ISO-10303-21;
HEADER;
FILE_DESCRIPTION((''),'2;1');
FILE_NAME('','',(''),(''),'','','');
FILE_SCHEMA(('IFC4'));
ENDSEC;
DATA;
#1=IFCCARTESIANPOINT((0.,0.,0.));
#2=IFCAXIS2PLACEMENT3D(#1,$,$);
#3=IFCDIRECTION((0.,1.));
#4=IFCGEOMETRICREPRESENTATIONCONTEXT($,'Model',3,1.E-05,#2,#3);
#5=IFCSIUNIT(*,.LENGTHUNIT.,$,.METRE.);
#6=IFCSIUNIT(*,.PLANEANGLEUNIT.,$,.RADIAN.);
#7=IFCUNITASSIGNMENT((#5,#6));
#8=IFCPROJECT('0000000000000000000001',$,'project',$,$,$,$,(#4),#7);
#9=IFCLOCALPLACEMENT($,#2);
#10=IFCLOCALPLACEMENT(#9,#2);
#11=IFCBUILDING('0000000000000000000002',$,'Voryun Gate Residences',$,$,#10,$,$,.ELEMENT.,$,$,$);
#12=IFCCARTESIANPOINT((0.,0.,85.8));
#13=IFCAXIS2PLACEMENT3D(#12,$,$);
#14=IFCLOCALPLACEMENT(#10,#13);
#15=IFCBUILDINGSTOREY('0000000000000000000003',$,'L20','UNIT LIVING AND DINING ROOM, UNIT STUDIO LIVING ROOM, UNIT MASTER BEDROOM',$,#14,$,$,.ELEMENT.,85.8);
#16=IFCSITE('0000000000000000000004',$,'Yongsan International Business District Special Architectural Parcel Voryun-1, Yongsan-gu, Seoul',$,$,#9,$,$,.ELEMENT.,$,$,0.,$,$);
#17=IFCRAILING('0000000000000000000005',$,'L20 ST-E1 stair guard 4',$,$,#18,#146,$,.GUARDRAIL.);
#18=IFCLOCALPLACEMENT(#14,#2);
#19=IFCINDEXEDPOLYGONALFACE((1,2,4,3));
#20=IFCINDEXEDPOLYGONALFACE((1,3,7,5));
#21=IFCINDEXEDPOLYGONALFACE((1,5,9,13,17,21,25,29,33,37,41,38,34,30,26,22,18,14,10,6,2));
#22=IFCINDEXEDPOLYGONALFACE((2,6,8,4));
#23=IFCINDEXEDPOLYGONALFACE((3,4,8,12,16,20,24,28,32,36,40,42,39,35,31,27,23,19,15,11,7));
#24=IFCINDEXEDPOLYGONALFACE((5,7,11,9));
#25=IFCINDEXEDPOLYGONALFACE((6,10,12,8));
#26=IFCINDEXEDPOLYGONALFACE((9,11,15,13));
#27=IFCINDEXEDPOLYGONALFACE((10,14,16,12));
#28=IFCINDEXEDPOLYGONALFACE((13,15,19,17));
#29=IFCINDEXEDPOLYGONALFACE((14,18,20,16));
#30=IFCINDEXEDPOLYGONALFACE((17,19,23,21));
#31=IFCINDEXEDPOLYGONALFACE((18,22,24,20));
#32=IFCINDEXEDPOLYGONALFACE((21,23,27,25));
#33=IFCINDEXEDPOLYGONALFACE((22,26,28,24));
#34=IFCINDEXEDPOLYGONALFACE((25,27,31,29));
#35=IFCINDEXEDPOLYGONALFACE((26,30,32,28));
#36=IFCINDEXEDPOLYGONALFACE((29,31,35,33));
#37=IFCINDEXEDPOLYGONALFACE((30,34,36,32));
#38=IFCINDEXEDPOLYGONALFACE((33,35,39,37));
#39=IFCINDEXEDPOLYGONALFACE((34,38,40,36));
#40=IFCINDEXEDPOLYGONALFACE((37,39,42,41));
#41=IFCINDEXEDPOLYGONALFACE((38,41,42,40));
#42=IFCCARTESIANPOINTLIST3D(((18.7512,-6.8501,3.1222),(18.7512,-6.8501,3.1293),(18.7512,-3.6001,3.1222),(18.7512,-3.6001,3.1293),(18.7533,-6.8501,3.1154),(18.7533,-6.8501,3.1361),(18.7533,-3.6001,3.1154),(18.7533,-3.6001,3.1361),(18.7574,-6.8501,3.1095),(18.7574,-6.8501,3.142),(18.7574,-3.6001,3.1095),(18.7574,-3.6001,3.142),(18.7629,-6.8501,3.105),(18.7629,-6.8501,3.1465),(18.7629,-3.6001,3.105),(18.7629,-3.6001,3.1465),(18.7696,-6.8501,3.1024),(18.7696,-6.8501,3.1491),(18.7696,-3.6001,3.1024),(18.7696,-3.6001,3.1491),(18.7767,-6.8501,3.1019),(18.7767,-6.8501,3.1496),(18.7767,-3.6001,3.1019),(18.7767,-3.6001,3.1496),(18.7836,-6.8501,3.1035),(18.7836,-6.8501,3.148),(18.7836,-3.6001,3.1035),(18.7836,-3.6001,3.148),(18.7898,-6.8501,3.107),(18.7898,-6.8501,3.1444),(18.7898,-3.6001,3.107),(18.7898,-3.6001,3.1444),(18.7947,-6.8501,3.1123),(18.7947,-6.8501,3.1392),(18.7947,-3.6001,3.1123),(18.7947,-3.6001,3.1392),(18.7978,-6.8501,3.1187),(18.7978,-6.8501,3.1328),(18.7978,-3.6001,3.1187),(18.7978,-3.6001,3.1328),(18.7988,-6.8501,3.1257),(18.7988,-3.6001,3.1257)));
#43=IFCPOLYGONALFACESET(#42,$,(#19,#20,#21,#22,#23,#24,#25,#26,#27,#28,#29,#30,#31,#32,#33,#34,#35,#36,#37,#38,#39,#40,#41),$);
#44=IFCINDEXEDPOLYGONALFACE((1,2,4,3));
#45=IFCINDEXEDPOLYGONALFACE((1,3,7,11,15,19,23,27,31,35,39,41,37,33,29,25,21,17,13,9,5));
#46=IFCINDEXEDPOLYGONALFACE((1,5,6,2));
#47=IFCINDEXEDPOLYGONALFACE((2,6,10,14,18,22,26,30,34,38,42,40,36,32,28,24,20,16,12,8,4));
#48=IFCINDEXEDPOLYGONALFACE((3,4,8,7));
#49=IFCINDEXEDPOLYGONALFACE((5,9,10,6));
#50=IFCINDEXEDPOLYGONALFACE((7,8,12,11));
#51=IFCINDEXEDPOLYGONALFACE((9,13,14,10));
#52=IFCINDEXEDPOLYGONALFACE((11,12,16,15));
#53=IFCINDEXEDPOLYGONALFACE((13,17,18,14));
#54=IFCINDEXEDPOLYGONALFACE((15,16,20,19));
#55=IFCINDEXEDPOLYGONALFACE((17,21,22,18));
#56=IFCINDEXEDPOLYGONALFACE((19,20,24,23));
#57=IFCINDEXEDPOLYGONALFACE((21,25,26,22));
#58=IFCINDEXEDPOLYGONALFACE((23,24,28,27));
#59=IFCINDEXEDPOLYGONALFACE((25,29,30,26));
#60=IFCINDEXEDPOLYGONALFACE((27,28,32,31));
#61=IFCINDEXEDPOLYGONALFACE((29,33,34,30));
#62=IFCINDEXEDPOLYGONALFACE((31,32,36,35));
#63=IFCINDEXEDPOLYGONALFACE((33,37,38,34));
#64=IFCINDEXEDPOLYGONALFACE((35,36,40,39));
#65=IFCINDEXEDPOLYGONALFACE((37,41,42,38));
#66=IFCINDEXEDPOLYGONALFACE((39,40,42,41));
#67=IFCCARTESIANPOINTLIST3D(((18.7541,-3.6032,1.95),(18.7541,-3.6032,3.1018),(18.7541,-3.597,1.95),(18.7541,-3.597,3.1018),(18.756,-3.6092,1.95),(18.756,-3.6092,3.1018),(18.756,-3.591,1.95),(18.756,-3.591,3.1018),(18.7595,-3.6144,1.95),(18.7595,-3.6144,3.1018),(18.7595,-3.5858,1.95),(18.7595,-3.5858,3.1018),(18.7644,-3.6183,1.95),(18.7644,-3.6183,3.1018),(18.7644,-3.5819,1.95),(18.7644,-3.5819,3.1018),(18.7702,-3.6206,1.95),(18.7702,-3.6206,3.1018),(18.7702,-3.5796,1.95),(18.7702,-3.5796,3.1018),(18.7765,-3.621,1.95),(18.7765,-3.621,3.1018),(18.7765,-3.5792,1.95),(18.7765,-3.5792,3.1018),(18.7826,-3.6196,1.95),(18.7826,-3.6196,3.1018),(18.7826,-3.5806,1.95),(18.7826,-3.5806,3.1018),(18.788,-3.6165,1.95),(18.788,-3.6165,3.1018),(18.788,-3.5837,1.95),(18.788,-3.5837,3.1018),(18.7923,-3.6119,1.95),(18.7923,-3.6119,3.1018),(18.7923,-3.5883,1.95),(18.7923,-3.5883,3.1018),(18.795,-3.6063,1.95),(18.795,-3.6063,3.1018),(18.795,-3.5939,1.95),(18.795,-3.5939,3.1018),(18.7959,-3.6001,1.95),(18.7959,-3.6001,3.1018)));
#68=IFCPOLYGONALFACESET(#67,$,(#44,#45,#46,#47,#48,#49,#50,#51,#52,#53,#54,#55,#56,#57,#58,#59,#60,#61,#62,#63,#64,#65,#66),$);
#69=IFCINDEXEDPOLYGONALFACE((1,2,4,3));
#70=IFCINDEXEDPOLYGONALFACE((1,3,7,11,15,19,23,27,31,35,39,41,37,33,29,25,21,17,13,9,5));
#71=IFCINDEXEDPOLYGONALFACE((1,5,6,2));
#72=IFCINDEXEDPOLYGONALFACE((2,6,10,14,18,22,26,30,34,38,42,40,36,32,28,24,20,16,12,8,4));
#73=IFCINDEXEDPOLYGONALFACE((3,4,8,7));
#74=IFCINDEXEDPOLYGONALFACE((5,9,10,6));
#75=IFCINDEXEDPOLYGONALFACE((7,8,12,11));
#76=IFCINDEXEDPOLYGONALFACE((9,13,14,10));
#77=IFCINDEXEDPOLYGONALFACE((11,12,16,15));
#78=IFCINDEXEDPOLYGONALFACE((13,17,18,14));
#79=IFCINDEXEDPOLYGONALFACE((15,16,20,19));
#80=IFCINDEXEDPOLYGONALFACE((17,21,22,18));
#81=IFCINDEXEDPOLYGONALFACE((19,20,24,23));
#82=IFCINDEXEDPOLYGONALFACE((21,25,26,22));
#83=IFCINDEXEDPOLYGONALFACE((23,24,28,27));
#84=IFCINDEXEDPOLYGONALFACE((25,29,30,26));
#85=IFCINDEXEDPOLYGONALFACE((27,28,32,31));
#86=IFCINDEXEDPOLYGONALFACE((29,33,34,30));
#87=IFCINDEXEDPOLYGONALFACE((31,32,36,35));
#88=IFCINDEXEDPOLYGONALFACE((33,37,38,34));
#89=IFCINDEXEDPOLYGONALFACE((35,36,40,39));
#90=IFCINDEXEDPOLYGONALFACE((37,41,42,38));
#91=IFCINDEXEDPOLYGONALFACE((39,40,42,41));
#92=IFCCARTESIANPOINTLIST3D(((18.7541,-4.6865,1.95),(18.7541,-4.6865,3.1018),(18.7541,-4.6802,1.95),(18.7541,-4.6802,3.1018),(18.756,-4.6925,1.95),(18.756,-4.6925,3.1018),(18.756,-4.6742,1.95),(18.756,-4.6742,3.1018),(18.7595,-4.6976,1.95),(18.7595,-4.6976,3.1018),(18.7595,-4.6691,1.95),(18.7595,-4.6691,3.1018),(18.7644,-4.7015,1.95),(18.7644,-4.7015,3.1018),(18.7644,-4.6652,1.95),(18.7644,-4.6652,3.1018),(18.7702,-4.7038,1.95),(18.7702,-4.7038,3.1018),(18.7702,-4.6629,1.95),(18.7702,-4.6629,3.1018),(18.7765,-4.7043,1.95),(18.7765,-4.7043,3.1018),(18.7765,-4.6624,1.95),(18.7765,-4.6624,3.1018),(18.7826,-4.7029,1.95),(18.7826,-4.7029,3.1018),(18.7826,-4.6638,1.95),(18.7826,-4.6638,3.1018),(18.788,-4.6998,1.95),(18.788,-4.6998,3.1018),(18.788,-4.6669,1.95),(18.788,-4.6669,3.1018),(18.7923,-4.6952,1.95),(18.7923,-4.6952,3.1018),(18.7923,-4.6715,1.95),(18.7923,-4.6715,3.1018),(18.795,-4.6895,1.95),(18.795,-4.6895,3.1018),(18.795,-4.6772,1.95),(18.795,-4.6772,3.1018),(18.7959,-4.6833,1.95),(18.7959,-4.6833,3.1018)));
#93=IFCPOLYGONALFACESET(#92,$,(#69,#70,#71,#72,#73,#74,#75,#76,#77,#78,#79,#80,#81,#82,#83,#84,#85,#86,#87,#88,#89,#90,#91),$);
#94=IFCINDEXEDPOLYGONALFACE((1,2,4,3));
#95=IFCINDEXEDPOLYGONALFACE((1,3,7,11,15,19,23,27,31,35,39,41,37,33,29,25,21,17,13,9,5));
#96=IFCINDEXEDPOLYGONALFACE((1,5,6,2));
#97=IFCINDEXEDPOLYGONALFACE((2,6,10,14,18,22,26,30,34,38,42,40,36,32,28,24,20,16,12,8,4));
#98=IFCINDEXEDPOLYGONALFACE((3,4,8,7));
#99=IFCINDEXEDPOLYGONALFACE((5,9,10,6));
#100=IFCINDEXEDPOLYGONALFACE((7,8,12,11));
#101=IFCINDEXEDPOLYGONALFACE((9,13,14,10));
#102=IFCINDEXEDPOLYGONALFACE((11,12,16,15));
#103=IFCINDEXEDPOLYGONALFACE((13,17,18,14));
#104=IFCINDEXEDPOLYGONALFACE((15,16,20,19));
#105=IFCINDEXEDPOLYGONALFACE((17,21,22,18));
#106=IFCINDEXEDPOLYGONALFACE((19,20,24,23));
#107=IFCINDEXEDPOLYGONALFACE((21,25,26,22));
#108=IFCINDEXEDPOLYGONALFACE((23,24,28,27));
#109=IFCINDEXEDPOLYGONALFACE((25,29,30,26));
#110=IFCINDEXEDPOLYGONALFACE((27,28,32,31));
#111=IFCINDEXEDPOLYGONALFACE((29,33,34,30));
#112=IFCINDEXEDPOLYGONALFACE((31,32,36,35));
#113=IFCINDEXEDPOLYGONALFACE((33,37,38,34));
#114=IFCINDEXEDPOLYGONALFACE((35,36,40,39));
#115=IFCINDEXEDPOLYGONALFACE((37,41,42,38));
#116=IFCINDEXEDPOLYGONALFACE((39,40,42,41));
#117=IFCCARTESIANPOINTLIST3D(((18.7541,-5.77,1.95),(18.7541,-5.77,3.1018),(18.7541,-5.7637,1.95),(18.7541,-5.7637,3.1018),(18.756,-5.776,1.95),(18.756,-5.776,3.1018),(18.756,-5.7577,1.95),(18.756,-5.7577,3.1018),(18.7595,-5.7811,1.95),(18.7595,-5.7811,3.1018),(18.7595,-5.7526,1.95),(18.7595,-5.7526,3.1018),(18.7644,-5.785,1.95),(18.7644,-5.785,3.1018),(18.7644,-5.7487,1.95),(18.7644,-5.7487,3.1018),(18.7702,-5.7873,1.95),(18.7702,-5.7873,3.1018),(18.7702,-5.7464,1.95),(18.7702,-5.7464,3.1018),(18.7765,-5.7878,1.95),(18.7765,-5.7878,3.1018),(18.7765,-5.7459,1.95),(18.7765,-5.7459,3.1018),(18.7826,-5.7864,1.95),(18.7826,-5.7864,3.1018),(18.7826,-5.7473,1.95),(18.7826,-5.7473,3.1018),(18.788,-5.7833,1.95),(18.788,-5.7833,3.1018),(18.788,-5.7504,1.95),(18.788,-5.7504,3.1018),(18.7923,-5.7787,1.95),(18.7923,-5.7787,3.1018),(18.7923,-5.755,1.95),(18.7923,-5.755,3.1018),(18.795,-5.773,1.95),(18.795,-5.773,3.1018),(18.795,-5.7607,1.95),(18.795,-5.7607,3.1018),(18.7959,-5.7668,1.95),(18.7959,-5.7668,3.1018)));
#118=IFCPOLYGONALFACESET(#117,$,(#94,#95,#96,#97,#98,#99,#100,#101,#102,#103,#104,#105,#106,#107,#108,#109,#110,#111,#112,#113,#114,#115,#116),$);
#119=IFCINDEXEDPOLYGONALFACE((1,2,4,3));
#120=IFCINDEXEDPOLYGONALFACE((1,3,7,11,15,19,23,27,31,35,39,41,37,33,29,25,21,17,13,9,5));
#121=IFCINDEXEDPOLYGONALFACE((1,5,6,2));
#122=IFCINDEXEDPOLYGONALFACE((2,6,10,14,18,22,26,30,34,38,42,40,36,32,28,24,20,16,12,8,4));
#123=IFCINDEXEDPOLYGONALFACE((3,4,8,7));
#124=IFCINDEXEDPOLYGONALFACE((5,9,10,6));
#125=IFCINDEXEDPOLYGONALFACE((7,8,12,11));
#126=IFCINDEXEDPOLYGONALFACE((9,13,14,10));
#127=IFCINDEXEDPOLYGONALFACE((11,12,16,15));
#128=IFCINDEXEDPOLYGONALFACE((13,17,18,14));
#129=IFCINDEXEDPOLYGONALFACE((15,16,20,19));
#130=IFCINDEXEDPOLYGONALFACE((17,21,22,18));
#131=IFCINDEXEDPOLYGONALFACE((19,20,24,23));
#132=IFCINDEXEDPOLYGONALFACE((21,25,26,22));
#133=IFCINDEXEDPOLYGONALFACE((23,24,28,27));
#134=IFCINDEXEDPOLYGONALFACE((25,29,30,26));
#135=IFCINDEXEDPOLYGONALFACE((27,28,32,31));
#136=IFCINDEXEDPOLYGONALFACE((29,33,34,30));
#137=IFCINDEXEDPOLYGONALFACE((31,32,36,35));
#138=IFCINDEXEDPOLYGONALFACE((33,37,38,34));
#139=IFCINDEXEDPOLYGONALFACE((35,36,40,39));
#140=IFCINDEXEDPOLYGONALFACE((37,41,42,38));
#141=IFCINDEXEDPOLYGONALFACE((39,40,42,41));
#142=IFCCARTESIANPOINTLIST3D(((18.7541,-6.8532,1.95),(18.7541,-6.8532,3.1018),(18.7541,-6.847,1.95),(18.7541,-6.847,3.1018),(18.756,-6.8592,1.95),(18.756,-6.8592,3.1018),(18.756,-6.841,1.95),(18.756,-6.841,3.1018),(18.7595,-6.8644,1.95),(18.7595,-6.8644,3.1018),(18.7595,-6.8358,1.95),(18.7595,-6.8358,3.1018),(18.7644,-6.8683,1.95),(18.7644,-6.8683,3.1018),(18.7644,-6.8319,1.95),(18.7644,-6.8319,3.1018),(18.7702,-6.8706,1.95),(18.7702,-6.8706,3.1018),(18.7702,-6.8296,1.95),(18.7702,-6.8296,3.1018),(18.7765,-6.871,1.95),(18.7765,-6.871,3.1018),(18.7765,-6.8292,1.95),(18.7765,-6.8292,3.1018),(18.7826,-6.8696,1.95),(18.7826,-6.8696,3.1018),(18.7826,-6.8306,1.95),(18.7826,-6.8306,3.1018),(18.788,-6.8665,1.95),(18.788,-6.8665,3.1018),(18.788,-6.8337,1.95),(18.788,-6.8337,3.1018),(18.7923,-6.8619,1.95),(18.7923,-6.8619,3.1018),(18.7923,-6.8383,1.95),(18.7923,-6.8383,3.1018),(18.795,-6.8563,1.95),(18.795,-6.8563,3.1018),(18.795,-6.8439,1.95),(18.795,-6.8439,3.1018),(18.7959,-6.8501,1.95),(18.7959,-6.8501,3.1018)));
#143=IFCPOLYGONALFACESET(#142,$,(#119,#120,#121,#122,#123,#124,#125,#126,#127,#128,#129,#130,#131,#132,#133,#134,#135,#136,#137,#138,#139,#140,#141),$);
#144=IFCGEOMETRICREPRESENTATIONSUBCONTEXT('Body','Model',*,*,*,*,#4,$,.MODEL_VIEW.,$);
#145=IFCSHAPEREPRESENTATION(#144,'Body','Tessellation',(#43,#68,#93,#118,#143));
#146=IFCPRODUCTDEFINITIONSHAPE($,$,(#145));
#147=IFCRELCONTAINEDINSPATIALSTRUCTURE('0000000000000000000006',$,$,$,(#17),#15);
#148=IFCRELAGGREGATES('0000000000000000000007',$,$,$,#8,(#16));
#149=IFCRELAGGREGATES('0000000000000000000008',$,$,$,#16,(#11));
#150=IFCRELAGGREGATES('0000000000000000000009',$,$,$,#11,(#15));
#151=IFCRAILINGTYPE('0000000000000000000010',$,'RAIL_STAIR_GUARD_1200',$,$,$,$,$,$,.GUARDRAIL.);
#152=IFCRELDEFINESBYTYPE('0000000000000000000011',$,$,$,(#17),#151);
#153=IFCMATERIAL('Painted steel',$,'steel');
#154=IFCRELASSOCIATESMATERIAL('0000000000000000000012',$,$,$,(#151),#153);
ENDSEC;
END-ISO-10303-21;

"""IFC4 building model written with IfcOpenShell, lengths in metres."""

from ifc_helpers import new_model, si_unit, direction, frame, origin, origin_2d, place, context, subcontext, project, spatial, circle, extrude, material, type_object, element, save


model = new_model("IFC4")

# Units and contexts
model_context = context("Model", 3, precision=1e-05, world=origin(), true_north=direction((0.0, 1.0)))
body_context = subcontext(model_context, "Body", "Model", "MODEL_VIEW")
ifc_project = project(units=[si_unit("LENGTHUNIT", "METRE"), si_unit("PLANEANGLEUNIT", "RADIAN")], contexts=[model_context])

# Site, building, storey
site_placement = place(None, origin())
site = spatial("IfcSite", under=ifc_project, at=site_placement, Name="Yongsan International Business District Special Architectural Parcel Voryun-1, Yongsan-gu, Seoul", CompositionType="ELEMENT", RefElevation=0.0)
building_placement = place(site_placement, origin())
building = spatial("IfcBuilding", under=site, at=building_placement, Name="Voryun Gate Residences", CompositionType="ELEMENT")
storey_placement = place(building_placement, frame((0.0, 0.0, 85.8)))
storey = spatial("IfcBuildingStorey", under=building, at=storey_placement, Name="L20", Description="UNIT LIVING AND DINING ROOM, UNIT STUDIO LIVING ROOM, UNIT MASTER BEDROOM", CompositionType="ELEMENT", Elevation=85.8)

# Railing
ifc_material_1 = material(Name="Painted steel", Category="steel")
railing_type_1 = type_object("IfcRailingType", Name="RAIL_STAIR_GUARD_1200", PredefinedType="GUARDRAIL", material=ifc_material_1)
for number, where, name in (
    (1, (18.7749, -3.6001, 1.95), "L20 ST-E1 stair guard 4"),
):
    element("IfcRailing", number, at=place(storey_placement, frame(where)), inside=storey, type_object=railing_type_1, Name=name, PredefinedType="GUARDRAIL", context=body_context, shape_type="SweptSolid", body=[
        extrude(circle(Radius=0.0239, at=origin_2d()), frame((0.0, 0.0, 1.1758), z_axis=(0.0, -1.0, 0.0), x_axis=(1.0, 0.0, 0.0)), (0.0, 0.0, 1.0), 3.25),
        extrude(circle(Radius=0.021, at=origin_2d()), origin(), (0.0, 0.0, 1.0), 1.1519),
        extrude(circle(Radius=0.021, at=origin_2d()), frame((0.0, -1.0833, 0.0)), (0.0, 0.0, 1.0), 1.1519),
        extrude(circle(Radius=0.021, at=origin_2d()), frame((0.0, -2.1667, 0.0)), (0.0, 0.0, 1.0), 1.1519),
        extrude(circle(Radius=0.021, at=origin_2d()), frame((0.0, -3.25, 0.0)), (0.0, 0.0, 1.0), 1.1519),
    ])

save(model, "model.ifc")
